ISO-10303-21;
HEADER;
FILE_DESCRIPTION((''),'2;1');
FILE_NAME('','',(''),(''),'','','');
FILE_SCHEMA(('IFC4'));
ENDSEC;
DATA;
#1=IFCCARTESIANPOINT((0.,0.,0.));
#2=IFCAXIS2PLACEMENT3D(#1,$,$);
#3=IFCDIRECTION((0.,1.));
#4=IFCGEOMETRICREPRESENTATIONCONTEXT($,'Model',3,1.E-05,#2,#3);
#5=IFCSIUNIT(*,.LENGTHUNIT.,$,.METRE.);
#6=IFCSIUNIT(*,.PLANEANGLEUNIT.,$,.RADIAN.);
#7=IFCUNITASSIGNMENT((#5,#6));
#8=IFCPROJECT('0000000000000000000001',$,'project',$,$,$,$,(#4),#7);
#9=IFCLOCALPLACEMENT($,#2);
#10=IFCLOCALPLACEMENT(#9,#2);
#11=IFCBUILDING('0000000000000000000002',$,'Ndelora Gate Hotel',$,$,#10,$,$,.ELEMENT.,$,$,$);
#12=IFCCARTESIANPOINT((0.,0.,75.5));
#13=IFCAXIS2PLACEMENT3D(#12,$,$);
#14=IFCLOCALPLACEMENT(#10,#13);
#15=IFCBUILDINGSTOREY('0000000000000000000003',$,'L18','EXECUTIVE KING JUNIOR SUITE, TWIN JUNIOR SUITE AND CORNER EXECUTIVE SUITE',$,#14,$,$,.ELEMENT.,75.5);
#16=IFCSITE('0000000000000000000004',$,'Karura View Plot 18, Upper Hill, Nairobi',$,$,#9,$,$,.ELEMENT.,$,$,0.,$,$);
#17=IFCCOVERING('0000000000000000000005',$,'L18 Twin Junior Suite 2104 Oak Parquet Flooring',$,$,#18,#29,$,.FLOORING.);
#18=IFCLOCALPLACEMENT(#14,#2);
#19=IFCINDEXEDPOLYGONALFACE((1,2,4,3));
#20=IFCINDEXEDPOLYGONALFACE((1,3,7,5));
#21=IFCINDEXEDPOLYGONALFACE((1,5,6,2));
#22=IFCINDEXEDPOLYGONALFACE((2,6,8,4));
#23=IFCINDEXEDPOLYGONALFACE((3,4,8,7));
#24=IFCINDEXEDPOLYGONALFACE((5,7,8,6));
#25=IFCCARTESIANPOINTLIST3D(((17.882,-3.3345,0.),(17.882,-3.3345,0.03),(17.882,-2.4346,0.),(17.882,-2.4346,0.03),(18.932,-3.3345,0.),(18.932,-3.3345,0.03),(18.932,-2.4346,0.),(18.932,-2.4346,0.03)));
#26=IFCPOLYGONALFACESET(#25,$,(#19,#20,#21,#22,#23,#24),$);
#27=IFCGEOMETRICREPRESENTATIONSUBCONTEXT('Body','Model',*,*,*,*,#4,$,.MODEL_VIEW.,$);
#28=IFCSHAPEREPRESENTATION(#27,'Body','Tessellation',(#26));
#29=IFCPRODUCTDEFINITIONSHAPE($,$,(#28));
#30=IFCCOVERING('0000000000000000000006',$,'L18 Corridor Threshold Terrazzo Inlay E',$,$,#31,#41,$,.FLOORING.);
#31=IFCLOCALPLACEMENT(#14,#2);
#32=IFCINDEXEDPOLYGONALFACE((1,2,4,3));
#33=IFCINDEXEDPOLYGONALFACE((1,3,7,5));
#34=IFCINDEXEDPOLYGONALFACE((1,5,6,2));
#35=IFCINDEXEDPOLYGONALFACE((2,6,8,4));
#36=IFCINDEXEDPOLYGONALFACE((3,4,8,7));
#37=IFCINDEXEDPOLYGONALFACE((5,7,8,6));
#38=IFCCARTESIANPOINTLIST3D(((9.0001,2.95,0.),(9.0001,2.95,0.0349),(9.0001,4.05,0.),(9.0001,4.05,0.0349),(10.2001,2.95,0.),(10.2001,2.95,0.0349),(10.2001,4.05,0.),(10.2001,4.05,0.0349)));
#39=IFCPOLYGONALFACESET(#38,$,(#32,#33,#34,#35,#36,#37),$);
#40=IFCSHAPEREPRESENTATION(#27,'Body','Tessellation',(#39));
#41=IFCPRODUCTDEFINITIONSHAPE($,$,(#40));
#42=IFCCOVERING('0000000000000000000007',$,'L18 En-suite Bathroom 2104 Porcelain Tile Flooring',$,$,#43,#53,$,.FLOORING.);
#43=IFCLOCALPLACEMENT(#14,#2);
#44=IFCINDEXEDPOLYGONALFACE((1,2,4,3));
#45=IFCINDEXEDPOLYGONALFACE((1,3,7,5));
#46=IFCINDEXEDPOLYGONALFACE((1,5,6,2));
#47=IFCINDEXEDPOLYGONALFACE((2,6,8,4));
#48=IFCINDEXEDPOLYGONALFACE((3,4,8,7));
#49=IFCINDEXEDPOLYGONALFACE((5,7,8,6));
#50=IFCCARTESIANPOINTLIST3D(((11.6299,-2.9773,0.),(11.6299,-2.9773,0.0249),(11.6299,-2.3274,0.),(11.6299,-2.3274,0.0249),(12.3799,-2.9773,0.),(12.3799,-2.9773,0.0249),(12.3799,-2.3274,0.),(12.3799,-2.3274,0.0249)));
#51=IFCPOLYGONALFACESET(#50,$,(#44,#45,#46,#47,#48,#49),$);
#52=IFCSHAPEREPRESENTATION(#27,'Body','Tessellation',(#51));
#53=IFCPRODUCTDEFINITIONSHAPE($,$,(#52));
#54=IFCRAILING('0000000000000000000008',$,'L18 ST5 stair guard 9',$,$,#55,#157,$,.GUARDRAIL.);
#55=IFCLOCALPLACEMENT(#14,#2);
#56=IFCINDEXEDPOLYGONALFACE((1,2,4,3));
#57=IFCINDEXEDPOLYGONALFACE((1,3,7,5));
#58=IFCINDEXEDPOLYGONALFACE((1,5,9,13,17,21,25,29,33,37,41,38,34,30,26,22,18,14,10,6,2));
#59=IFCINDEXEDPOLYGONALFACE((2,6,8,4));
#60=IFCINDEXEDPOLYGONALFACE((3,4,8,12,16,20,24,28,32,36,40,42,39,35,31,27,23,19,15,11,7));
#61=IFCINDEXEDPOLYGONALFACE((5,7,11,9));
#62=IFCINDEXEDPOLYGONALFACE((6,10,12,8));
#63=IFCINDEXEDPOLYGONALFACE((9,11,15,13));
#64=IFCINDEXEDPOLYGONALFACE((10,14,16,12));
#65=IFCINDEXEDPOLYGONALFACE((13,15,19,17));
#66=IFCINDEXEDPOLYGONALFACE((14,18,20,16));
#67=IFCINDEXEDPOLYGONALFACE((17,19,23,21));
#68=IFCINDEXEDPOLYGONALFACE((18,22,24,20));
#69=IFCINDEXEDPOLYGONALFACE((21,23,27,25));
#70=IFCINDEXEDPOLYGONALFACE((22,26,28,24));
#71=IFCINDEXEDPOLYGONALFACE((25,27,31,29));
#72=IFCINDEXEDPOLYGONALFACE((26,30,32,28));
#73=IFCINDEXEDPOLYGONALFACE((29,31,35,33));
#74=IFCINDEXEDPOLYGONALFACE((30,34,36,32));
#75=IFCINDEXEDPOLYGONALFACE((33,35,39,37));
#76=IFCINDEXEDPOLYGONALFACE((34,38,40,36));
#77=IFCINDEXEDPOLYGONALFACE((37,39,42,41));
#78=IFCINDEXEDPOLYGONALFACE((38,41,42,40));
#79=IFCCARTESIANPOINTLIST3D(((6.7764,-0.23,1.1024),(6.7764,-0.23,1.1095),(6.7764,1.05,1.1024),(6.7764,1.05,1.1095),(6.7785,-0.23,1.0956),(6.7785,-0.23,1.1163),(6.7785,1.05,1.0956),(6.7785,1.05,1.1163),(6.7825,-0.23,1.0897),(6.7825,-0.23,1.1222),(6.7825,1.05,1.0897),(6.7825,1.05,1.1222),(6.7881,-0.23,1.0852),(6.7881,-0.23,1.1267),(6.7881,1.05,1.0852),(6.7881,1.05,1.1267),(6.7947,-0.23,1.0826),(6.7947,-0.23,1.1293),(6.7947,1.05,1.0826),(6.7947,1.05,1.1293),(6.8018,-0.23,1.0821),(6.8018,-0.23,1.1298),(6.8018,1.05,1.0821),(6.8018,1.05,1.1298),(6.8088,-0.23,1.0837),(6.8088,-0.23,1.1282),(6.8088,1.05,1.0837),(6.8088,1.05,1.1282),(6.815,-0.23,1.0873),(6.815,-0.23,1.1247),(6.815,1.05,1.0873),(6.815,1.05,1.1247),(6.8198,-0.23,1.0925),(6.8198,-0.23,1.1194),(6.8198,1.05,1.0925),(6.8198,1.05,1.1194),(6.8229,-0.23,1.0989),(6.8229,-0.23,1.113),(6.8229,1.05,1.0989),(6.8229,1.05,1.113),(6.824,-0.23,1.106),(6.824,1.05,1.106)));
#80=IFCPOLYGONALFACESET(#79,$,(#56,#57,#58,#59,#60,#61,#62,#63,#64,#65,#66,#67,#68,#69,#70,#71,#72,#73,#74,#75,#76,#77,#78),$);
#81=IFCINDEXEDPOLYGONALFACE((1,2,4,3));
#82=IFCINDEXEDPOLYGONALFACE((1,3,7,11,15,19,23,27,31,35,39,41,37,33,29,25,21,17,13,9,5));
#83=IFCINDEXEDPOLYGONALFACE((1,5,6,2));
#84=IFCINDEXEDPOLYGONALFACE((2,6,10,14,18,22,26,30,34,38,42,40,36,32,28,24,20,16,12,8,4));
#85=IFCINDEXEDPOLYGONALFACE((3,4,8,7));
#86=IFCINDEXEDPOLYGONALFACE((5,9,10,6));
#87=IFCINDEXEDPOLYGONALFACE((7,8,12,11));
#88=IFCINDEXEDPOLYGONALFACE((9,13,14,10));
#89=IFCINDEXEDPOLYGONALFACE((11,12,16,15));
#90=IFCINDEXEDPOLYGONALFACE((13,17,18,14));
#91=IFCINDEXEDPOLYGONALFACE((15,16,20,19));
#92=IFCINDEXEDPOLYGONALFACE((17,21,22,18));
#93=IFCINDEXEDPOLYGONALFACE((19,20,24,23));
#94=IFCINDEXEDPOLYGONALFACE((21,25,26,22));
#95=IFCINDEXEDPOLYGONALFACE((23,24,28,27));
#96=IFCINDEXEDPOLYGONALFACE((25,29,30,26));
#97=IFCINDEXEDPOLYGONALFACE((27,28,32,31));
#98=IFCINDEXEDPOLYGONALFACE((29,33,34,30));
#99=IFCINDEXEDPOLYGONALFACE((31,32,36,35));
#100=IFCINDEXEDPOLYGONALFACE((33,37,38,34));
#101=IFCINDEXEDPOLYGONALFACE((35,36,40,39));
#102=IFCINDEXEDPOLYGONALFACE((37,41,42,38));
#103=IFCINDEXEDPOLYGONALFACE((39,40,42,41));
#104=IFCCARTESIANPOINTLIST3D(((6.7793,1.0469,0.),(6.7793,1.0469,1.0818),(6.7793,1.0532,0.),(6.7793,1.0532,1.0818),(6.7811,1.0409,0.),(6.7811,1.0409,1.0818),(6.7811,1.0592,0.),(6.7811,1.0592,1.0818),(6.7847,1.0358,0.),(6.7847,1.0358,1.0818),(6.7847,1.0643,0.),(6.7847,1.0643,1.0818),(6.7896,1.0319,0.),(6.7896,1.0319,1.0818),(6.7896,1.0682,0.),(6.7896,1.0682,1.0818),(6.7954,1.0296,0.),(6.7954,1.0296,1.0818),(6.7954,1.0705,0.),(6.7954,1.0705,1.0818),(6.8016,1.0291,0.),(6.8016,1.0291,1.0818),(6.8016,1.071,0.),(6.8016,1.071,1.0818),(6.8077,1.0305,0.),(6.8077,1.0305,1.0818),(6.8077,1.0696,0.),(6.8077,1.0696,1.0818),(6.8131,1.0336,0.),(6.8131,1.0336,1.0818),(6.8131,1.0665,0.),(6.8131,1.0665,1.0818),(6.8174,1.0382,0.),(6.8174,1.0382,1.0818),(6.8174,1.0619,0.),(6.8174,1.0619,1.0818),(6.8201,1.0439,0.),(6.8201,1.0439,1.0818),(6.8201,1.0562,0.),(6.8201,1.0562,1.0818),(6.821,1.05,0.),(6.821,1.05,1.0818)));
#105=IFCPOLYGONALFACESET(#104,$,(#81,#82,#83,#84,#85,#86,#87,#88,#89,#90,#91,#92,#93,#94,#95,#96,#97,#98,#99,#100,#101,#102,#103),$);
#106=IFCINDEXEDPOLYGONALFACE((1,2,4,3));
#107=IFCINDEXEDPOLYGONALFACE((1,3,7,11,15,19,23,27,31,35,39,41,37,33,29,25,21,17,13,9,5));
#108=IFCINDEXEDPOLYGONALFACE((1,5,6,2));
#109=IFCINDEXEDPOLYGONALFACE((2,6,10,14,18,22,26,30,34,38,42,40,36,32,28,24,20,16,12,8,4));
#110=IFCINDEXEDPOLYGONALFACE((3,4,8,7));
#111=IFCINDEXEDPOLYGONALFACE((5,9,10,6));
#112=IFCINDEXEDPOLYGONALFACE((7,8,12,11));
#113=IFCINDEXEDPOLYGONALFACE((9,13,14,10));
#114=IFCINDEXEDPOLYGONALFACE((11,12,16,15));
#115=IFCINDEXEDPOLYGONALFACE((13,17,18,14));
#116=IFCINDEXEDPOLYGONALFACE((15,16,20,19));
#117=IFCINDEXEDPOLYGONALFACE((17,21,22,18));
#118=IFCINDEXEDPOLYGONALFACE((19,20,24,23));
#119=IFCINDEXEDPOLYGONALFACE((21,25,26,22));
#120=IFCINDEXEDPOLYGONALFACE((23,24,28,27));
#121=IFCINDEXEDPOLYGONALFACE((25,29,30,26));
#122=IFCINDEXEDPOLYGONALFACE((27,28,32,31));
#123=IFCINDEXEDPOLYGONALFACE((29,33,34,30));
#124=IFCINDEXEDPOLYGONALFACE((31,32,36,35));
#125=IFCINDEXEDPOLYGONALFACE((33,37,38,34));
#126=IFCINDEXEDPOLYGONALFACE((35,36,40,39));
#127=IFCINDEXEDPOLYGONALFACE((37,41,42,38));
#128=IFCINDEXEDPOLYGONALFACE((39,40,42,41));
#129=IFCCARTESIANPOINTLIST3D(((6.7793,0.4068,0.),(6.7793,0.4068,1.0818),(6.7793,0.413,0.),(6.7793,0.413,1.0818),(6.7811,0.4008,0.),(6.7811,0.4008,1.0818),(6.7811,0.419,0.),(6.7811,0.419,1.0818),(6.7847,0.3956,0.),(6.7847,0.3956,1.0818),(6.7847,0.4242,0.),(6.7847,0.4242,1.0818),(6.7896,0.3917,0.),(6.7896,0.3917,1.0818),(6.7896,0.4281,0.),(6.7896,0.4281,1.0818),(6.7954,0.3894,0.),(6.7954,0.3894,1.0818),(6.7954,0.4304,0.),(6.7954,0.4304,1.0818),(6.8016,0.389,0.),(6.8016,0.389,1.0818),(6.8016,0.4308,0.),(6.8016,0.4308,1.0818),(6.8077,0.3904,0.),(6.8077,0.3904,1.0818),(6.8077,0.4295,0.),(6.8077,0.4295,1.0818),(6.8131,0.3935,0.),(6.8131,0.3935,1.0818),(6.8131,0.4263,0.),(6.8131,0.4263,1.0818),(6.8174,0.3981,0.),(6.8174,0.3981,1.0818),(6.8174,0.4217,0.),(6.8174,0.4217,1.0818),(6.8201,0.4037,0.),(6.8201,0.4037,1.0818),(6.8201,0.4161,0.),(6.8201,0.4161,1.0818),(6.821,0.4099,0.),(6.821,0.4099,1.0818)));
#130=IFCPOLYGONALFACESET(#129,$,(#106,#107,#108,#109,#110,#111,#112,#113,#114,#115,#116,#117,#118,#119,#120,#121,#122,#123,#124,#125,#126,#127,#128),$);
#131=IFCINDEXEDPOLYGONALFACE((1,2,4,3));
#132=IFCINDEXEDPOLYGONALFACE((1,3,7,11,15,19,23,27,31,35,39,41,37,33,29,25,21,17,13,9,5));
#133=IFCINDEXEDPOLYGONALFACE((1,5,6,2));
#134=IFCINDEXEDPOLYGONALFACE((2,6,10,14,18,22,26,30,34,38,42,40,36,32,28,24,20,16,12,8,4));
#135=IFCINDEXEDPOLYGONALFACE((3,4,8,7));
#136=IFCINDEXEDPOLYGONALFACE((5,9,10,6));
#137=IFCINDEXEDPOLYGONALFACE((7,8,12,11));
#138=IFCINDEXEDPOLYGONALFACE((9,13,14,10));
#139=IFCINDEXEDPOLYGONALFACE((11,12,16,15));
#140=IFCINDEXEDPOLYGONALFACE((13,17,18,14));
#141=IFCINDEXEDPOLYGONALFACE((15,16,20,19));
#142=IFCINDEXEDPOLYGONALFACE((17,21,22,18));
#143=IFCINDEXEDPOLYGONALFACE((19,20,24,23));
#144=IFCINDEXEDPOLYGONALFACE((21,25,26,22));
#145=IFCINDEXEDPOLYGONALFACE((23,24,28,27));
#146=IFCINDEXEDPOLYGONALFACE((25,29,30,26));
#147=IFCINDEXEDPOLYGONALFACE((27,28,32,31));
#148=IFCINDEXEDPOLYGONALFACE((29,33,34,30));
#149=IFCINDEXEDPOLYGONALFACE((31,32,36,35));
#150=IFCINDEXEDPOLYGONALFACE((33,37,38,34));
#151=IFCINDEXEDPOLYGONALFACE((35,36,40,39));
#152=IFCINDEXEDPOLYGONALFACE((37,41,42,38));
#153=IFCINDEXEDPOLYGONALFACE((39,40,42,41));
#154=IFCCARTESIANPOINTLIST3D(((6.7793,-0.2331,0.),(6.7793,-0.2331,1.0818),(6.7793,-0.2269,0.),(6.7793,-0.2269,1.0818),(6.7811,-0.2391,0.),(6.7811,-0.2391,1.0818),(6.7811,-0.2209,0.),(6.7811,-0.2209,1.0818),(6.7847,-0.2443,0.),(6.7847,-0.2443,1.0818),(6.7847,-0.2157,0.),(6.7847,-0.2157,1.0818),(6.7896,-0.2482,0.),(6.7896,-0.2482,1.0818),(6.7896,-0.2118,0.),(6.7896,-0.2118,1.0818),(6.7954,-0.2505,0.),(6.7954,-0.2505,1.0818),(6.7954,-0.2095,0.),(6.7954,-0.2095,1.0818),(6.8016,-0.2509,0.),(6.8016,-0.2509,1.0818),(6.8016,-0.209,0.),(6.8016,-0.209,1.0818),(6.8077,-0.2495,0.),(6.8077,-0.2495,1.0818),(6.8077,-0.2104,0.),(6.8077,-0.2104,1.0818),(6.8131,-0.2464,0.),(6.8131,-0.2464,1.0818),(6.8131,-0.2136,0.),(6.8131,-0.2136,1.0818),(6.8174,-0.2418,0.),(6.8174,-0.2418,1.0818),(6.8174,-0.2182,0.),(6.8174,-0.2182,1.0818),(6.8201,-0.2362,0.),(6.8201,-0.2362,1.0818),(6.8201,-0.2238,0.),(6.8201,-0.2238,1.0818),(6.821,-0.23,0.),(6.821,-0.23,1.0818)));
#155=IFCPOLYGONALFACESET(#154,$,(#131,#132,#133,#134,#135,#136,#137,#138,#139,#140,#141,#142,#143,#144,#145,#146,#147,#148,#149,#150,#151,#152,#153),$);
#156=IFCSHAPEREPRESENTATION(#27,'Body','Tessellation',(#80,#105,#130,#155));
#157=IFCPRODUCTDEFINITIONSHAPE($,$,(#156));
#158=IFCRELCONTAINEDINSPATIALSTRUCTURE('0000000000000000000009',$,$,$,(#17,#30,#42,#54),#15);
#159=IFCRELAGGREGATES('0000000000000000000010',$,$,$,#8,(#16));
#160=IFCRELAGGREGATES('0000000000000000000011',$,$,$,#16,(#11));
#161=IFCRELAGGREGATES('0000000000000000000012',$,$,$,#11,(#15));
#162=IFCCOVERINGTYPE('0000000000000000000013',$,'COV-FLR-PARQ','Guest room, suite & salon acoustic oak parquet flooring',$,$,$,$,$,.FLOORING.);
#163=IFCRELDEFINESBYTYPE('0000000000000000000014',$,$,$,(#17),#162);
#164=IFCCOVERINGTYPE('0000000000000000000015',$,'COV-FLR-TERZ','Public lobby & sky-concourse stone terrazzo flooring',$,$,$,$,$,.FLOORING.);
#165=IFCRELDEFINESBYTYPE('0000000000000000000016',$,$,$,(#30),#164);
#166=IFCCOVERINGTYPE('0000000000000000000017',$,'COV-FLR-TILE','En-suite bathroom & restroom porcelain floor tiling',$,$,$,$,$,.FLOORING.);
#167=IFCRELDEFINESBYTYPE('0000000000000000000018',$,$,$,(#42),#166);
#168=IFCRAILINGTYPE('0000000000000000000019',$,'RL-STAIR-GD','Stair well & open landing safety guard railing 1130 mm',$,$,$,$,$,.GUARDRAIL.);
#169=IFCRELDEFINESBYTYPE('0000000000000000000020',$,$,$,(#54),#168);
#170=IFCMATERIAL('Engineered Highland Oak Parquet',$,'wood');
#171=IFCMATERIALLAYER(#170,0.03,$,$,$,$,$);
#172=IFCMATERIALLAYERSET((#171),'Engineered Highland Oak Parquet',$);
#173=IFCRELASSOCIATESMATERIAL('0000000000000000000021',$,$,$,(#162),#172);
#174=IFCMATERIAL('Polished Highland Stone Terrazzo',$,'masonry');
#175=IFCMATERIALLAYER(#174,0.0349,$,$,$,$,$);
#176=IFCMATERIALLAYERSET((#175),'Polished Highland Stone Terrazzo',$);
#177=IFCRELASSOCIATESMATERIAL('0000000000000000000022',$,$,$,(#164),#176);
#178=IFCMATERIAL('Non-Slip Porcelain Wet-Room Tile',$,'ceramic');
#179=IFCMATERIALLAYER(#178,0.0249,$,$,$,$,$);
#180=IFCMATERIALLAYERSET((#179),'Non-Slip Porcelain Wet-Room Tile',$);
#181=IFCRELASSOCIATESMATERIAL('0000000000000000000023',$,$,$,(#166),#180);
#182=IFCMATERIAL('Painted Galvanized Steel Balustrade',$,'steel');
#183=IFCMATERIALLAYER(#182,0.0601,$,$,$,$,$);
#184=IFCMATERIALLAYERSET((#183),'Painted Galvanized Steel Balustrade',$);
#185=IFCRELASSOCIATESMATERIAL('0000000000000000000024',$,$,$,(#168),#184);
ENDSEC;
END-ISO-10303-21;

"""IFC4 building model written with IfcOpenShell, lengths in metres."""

from ifc_helpers import new_model, si_unit, direction, frame, origin, origin_2d, place, context, subcontext, project, spatial, rectangle, circle, extrude, material, layer, layer_set, type_object, element, save


model = new_model("IFC4")

# Units and contexts
model_context = context("Model", 3, precision=1e-05, world=origin(), true_north=direction((0.0, 1.0)))
body_context = subcontext(model_context, "Body", "Model", "MODEL_VIEW")
ifc_project = project(units=[si_unit("LENGTHUNIT", "METRE"), si_unit("PLANEANGLEUNIT", "RADIAN")], contexts=[model_context])

# Site, building, storey
site_placement = place(None, origin())
site = spatial("IfcSite", under=ifc_project, at=site_placement, Name="Karura View Plot 18, Upper Hill, Nairobi", CompositionType="ELEMENT", RefElevation=0.0)
building_placement = place(site_placement, origin())
building = spatial("IfcBuilding", under=site, at=building_placement, Name="Ndelora Gate Hotel", CompositionType="ELEMENT")
storey_placement = place(building_placement, frame((0.0, 0.0, 75.5)))
storey = spatial("IfcBuildingStorey", under=building, at=storey_placement, Name="L18", Description="EXECUTIVE KING JUNIOR SUITE, TWIN JUNIOR SUITE AND CORNER EXECUTIVE SUITE", CompositionType="ELEMENT", Elevation=75.5)

# Coverings
ifc_material_1 = material(Name="Engineered Highland Oak Parquet", Category="wood")
ifc_layer_1 = layer(ifc_material_1, 0.03)
ifc_layer_set_1 = layer_set([ifc_layer_1], Name="Engineered Highland Oak Parquet")
covering_type_1 = type_object("IfcCoveringType", Name="COV-FLR-PARQ", Description="Guest room, suite & salon acoustic oak parquet flooring", PredefinedType="FLOORING", material=ifc_layer_set_1)
covering_1_placement = place(storey_placement, frame((18.407, -2.8845, 0.0), z_axis=(0.0, 0.0, 1.0), x_axis=(1.0, 0.0, 0.0)))
element("IfcCovering", 1, at=covering_1_placement, inside=storey, type_object=covering_type_1, Name="L18 Twin Junior Suite 2104 Oak Parquet Flooring", PredefinedType="FLOORING", context=body_context, shape_type="SweptSolid", body=[
    extrude(rectangle(XDim=1.05, YDim=0.8999, at=origin_2d()), origin(), (0.0, 0.0, 1.0), 0.03),
])
ifc_material_2 = material(Name="Polished Highland Stone Terrazzo", Category="masonry")
ifc_layer_2 = layer(ifc_material_2, 0.0349)
ifc_layer_set_2 = layer_set([ifc_layer_2], Name="Polished Highland Stone Terrazzo")
covering_type_2 = type_object("IfcCoveringType", Name="COV-FLR-TERZ", Description="Public lobby & sky-concourse stone terrazzo flooring", PredefinedType="FLOORING", material=ifc_layer_set_2)
covering_2_placement = place(storey_placement, frame((9.6001, 3.5, 0.0), z_axis=(0.0, 0.0, 1.0), x_axis=(1.0, 0.0, 0.0)))
element("IfcCovering", 2, at=covering_2_placement, inside=storey, type_object=covering_type_2, Name="L18 Corridor Threshold Terrazzo Inlay E", PredefinedType="FLOORING", context=body_context, shape_type="SweptSolid", body=[
    extrude(rectangle(XDim=1.2, YDim=1.1001, at=origin_2d()), origin(), (0.0, 0.0, 1.0), 0.0349),
])
ifc_material_3 = material(Name="Non-Slip Porcelain Wet-Room Tile", Category="ceramic")
ifc_layer_3 = layer(ifc_material_3, 0.0249)
ifc_layer_set_3 = layer_set([ifc_layer_3], Name="Non-Slip Porcelain Wet-Room Tile")
covering_type_3 = type_object("IfcCoveringType", Name="COV-FLR-TILE", Description="En-suite bathroom & restroom porcelain floor tiling", PredefinedType="FLOORING", material=ifc_layer_set_3)
covering_3_placement = place(storey_placement, frame((12.0049, -2.6523, 0.0), z_axis=(0.0, 0.0, 1.0), x_axis=(1.0, 0.0, 0.0)))
element("IfcCovering", 3, at=covering_3_placement, inside=storey, type_object=covering_type_3, Name="L18 En-suite Bathroom 2104 Porcelain Tile Flooring", PredefinedType="FLOORING", context=body_context, shape_type="SweptSolid", body=[
    extrude(rectangle(XDim=0.75, YDim=0.6499, at=origin_2d()), origin(), (0.0, 0.0, 1.0), 0.0249),
])

# Railing
ifc_material_4 = material(Name="Painted Galvanized Steel Balustrade", Category="steel")
ifc_layer_4 = layer(ifc_material_4, 0.0601)
ifc_layer_set_4 = layer_set([ifc_layer_4], Name="Painted Galvanized Steel Balustrade")
railing_type_1 = type_object("IfcRailingType", Name="RL-STAIR-GD", Description="Stair well & open landing safety guard railing 1130 mm", PredefinedType="GUARDRAIL", material=ifc_layer_set_4)
railing_1_placement = place(storey_placement, frame((6.8, 1.05, 0.0)))
element("IfcRailing", 4, at=railing_1_placement, inside=storey, type_object=railing_type_1, Name="L18 ST5 stair guard 9", PredefinedType="GUARDRAIL", context=body_context, shape_type="SweptSolid", body=[
    extrude(circle(Radius=0.0239, at=origin_2d()), frame((0.0, 0.0, 1.106), z_axis=(0.0, -1.0, 0.0), x_axis=(1.0, 0.0, 0.0)), (0.0, 0.0, 1.0), 1.28),
    extrude(circle(Radius=0.021, at=origin_2d()), origin(), (0.0, 0.0, 1.0), 1.0818),
    extrude(circle(Radius=0.021, at=origin_2d()), frame((0.0, -0.6401, 0.0)), (0.0, 0.0, 1.0), 1.0818),
    extrude(circle(Radius=0.021, at=origin_2d()), frame((0.0, -1.28, 0.0)), (0.0, 0.0, 1.0), 1.0818),
])

save(model, "model.ifc")
